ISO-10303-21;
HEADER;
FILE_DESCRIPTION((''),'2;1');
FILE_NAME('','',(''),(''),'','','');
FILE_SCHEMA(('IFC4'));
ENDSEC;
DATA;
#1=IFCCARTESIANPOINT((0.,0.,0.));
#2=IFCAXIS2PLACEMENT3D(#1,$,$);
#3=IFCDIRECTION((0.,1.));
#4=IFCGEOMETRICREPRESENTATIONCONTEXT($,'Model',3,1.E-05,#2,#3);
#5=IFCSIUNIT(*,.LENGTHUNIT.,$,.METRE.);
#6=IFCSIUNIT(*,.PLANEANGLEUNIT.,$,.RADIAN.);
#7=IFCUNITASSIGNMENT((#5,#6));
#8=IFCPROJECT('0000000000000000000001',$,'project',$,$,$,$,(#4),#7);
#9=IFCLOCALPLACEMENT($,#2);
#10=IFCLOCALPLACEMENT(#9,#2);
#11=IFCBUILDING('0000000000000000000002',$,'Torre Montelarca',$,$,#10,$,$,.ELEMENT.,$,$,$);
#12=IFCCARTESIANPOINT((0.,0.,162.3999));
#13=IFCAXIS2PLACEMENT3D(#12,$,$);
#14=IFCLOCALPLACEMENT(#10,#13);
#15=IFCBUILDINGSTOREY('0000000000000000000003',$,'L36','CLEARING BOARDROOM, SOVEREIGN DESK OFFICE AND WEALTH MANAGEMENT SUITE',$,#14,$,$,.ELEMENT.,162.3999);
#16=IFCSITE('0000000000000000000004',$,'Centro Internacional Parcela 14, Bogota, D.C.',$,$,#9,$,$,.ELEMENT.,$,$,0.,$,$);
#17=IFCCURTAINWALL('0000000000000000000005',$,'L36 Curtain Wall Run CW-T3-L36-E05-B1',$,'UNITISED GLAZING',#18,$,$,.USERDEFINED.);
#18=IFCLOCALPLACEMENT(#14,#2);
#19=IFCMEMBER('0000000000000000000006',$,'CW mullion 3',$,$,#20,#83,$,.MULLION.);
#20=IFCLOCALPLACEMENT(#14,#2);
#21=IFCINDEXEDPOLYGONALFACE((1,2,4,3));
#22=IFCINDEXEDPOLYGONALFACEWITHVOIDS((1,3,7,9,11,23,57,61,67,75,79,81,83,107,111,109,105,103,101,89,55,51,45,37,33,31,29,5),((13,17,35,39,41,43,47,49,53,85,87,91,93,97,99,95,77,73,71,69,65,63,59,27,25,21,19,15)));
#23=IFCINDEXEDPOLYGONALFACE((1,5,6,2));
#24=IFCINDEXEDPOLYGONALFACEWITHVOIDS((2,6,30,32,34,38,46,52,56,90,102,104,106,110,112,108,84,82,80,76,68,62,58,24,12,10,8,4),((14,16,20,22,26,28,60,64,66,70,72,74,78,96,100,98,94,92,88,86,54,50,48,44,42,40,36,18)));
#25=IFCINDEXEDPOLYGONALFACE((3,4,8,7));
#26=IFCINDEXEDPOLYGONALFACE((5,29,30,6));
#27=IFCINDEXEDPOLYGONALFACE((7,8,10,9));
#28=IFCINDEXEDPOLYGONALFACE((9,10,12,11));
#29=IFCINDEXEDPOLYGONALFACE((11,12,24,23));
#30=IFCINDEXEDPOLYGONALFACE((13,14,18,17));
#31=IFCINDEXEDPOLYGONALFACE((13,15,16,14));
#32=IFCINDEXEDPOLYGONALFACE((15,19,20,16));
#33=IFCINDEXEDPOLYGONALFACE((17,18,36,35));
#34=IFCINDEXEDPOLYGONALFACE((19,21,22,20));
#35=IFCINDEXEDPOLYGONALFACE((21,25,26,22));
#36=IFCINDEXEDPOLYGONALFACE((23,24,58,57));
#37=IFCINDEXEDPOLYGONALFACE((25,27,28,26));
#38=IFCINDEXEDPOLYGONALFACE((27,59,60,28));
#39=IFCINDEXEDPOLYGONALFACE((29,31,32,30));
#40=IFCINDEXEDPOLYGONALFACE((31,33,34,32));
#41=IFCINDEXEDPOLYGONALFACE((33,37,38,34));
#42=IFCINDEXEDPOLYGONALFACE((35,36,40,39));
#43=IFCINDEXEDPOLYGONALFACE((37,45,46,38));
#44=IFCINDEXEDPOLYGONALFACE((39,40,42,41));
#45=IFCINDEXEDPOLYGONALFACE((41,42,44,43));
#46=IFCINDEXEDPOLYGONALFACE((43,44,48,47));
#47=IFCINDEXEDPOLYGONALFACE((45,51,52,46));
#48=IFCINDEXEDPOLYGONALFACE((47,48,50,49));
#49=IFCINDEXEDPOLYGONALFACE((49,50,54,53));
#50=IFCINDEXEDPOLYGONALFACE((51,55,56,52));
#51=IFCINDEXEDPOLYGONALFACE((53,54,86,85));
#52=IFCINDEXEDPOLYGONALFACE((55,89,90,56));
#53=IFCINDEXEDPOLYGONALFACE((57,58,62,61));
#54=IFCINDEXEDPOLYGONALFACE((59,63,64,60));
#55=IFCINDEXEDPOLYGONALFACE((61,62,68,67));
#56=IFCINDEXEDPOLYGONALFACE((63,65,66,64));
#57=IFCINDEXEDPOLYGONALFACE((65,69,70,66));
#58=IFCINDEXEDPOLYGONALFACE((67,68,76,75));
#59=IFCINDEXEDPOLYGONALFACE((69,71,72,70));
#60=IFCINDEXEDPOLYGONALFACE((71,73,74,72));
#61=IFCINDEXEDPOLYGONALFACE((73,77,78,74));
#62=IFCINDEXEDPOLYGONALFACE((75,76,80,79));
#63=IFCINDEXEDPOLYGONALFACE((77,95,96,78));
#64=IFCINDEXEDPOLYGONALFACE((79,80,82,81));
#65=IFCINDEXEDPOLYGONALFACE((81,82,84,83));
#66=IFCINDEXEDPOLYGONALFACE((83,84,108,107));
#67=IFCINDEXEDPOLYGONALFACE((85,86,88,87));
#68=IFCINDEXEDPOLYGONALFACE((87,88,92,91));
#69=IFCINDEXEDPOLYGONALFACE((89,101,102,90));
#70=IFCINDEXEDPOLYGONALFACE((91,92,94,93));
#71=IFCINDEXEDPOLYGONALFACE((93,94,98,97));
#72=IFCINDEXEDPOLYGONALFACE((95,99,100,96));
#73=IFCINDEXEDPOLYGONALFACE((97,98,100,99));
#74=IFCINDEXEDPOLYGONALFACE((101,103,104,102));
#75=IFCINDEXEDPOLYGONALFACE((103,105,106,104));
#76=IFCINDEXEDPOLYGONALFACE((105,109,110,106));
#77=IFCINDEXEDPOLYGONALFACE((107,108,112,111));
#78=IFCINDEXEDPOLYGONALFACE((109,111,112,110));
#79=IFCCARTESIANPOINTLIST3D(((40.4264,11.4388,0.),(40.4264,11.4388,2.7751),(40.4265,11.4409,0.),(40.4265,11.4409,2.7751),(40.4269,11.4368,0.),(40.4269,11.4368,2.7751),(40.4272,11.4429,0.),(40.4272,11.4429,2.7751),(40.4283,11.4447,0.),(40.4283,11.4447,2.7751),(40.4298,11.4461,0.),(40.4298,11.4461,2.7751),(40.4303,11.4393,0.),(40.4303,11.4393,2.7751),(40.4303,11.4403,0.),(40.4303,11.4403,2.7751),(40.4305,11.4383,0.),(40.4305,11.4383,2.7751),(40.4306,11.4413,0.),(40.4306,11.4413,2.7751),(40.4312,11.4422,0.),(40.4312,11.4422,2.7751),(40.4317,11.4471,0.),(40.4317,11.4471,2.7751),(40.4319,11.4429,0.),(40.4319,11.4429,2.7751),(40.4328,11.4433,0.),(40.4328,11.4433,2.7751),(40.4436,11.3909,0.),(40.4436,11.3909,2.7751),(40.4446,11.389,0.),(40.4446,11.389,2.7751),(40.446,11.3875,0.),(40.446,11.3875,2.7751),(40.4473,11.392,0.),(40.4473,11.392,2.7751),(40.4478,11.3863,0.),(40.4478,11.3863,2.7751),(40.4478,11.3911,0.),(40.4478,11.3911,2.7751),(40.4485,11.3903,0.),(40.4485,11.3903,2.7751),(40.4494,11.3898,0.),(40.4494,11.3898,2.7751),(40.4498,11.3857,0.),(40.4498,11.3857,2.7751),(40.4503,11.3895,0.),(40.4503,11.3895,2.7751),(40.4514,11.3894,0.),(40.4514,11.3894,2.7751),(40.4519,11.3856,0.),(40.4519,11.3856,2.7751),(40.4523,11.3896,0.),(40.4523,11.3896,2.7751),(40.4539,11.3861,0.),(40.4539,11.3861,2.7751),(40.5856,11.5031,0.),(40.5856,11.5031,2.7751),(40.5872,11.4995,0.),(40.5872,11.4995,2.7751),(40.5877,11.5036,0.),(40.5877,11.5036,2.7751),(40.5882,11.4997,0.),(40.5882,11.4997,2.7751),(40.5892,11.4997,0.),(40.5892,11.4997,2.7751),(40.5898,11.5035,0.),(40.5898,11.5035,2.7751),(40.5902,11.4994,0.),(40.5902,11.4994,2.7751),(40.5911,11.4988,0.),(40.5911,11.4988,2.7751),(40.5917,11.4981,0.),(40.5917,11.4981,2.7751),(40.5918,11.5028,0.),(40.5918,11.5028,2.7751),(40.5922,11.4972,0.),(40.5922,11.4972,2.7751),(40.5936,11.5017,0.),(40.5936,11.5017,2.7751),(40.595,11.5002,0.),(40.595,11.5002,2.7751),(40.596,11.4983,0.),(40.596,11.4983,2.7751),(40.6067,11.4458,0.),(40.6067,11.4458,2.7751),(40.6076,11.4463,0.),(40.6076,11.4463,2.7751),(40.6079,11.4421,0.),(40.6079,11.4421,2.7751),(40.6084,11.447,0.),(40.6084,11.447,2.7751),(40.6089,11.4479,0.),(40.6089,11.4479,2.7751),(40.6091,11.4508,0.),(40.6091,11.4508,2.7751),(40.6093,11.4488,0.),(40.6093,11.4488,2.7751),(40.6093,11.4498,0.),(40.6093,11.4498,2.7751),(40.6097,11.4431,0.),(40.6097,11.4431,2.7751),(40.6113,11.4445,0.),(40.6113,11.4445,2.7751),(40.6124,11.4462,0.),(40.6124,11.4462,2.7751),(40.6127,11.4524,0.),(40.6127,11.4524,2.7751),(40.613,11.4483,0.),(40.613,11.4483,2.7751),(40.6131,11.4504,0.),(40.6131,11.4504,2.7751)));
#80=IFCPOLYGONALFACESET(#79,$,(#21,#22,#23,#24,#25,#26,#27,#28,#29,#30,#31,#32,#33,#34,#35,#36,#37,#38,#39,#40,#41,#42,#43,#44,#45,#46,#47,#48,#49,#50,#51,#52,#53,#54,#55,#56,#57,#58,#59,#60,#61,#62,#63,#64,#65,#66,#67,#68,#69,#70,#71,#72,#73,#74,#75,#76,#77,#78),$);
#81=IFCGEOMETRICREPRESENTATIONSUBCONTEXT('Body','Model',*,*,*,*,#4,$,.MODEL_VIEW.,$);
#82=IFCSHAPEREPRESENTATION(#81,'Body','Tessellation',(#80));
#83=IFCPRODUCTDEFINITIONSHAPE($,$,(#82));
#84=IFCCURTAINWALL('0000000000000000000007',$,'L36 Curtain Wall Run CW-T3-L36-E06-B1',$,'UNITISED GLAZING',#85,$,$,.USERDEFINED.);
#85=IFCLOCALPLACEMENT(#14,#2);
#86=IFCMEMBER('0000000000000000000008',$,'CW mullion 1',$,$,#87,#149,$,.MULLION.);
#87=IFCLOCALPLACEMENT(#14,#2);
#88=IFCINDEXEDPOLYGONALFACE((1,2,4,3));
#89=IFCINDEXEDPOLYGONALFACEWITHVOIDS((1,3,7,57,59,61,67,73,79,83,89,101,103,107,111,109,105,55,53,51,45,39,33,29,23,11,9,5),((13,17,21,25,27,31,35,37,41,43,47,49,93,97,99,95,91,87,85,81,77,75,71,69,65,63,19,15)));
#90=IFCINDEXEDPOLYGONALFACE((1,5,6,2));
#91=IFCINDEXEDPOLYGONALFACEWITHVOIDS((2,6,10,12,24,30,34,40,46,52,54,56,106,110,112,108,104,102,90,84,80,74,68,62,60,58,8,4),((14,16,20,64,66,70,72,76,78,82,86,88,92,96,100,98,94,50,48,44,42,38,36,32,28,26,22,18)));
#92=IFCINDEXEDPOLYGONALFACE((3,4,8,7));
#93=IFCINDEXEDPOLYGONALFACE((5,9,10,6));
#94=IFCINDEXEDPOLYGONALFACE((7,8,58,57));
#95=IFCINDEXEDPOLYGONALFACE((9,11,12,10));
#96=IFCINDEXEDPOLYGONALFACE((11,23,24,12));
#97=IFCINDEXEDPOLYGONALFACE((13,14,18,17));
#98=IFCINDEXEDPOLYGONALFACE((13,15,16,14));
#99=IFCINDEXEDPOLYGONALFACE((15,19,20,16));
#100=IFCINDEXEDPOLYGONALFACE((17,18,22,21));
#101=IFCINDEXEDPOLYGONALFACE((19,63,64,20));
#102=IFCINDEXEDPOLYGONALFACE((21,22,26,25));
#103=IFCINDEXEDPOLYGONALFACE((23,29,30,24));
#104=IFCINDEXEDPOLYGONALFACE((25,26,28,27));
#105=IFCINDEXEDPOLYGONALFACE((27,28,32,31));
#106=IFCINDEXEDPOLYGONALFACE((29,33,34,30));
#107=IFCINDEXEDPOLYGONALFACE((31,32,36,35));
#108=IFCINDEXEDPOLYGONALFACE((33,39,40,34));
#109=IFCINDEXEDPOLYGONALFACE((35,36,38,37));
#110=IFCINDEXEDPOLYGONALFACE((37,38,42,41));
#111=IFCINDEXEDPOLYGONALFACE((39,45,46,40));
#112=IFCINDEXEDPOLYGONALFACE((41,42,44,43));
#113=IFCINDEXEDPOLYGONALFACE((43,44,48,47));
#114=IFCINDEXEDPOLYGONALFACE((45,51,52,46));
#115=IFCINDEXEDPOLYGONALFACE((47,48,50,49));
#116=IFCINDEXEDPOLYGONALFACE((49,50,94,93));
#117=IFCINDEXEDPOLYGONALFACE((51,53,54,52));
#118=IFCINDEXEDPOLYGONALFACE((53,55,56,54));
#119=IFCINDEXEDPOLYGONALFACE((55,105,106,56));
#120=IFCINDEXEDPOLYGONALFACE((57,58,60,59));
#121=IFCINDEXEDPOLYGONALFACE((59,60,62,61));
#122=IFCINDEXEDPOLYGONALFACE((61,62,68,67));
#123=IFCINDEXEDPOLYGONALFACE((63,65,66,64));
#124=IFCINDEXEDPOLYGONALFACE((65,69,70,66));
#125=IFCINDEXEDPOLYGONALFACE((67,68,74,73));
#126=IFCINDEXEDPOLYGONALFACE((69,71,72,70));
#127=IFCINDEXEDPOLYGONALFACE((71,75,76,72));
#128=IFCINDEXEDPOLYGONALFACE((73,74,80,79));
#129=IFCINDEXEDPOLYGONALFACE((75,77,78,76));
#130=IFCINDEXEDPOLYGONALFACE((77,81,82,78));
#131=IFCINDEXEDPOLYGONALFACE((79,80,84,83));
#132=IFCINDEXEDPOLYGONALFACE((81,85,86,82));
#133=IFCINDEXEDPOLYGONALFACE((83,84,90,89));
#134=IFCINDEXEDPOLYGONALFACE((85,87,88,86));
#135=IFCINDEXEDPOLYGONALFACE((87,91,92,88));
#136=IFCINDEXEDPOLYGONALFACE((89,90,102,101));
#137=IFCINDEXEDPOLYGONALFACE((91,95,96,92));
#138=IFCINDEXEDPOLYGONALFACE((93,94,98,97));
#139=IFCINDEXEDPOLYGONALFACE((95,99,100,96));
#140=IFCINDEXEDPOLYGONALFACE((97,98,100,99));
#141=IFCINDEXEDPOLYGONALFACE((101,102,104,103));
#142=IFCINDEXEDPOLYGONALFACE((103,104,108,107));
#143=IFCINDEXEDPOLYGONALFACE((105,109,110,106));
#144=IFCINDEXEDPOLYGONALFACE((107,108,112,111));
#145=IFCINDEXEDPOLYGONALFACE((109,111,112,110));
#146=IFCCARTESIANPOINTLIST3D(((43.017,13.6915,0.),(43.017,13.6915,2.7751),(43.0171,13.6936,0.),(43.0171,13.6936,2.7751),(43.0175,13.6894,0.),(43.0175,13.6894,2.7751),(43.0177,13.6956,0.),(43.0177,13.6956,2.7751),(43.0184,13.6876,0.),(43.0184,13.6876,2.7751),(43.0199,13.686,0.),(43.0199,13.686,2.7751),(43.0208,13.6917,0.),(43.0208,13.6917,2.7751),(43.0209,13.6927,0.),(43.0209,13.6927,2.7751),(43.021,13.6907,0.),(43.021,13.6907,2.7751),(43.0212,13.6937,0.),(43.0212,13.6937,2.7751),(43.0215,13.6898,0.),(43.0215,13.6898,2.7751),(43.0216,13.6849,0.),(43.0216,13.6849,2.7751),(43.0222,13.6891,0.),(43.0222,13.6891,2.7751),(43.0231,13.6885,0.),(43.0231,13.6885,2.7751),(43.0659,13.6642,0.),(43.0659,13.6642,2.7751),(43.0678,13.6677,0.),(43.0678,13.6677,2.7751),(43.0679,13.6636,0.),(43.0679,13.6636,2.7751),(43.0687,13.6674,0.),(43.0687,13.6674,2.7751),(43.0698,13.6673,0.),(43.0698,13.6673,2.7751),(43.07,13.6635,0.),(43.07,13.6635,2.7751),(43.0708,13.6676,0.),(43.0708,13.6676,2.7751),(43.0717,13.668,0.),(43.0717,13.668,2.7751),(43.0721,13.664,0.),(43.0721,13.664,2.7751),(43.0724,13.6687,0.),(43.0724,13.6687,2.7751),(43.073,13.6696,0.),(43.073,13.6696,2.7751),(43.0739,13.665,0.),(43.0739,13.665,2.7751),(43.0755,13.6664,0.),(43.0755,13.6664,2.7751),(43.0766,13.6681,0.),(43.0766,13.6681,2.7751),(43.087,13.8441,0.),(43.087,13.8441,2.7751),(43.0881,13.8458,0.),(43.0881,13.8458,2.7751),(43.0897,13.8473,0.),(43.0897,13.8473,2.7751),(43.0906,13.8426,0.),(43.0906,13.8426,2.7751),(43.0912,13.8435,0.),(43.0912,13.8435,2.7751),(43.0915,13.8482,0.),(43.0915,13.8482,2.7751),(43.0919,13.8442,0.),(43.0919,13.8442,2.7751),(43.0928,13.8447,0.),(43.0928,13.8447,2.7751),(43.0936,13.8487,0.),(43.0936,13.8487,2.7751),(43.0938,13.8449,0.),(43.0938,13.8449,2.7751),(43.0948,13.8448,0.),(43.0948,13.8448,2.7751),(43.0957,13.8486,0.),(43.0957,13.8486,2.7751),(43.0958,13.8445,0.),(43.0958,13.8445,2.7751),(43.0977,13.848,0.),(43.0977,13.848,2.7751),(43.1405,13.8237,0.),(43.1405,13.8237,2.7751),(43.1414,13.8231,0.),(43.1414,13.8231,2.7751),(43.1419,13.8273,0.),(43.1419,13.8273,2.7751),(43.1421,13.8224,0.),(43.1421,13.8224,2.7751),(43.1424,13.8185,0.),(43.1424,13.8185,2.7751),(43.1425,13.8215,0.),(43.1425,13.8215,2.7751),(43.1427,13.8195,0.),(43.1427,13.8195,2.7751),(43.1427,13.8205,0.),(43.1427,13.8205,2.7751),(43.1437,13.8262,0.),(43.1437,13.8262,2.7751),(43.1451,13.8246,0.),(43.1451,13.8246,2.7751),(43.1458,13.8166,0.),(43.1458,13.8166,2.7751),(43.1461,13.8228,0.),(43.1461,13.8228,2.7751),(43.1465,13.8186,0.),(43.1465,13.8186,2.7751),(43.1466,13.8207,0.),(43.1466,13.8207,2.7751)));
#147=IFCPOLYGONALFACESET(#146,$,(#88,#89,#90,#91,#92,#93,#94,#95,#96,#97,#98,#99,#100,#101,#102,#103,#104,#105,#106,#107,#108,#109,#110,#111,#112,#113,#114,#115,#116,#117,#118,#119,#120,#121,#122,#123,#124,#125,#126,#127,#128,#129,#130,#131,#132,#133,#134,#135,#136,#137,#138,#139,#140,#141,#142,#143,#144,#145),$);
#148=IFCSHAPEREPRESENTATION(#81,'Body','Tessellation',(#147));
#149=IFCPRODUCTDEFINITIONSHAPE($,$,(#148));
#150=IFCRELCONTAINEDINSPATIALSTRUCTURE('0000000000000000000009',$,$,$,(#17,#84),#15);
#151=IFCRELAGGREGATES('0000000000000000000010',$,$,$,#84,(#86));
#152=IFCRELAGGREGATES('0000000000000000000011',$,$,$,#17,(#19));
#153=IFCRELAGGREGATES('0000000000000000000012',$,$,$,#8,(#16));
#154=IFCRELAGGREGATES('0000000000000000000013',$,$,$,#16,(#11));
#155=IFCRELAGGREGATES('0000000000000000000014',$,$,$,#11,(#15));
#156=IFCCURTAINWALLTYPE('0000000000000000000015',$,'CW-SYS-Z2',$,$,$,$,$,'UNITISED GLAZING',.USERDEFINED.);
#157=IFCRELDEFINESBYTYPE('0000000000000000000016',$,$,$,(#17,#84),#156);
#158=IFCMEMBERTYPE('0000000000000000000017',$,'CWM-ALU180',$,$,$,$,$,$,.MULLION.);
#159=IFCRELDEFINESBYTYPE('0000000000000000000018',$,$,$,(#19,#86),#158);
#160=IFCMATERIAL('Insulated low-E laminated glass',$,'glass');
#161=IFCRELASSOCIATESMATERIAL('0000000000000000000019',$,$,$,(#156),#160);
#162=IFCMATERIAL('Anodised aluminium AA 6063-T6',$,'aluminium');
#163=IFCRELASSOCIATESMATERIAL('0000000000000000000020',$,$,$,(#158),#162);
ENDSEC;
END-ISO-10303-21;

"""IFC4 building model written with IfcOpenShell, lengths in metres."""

from ifc_helpers import new_model, si_unit, direction, frame, origin, origin_2d, place, context, subcontext, project, spatial, hollow_rectangle, extrude, source, transform, mapped, material, material_profile, profile_set, type_object, element, aggregate, save


model = new_model("IFC4")

# Units and contexts
model_context = context("Model", 3, precision=1e-05, world=origin(), true_north=direction((0.0, 1.0)))
body_context = subcontext(model_context, "Body", "Model", "MODEL_VIEW")
ifc_project = project(units=[si_unit("LENGTHUNIT", "METRE"), si_unit("PLANEANGLEUNIT", "RADIAN")], contexts=[model_context])

# Site, building, storey
site_placement = place(None, origin())
site = spatial("IfcSite", under=ifc_project, at=site_placement, Name="Centro Internacional Parcela 14, Bogota, D.C.", CompositionType="ELEMENT", RefElevation=0.0)
building_placement = place(site_placement, origin())
building = spatial("IfcBuilding", under=site, at=building_placement, Name="Torre Montelarca", CompositionType="ELEMENT")
storey_placement = place(building_placement, frame((0.0, 0.0, 162.3999)))
storey = spatial("IfcBuildingStorey", under=building, at=storey_placement, Name="L36", Description="CLEARING BOARDROOM, SOVEREIGN DESK OFFICE AND WEALTH MANAGEMENT SUITE", CompositionType="ELEMENT", Elevation=162.3999)

# Curtain walls, members
ifc_material_1 = material(Name="Insulated low-E laminated glass", Category="glass")
curtain_wall_type = type_object("IfcCurtainWallType", Name="CW-SYS-Z2", ElementType="UNITISED GLAZING", PredefinedType="USERDEFINED", material=ifc_material_1)
curtain_wall_1_placement = place(storey_placement, origin())
curtain_wall_1 = element("IfcCurtainWall", 1, at=curtain_wall_1_placement, inside=storey, type_object=curtain_wall_type, Name="L36 Curtain Wall Run CW-T3-L36-E05-B1", ObjectType="UNITISED GLAZING", PredefinedType="USERDEFINED")
ifc_material_2 = material(Name="Anodised aluminium AA 6063-T6", Category="aluminium")
ifc_material_profile_1 = material_profile(ifc_material_2, hollow_rectangle(XDim=0.0649, YDim=0.1799, WallThickness=0.0039, InnerFilletRadius=0.0039, OuterFilletRadius=0.0081, at=origin_2d()), Name="ALU65X180X4", Category="aluminium")
ifc_profile_set_1 = profile_set([ifc_material_profile_1], Name="Anodised aluminium AA 6063-T6")
member_type_1 = type_object("IfcMemberType", Name="CWM-ALU180", PredefinedType="MULLION", material=ifc_profile_set_1)
shared_shape_1 = source(origin(), body_context, "Body", "SweptSolid", [
    extrude(hollow_rectangle(XDim=0.0649, YDim=0.1799, WallThickness=0.0039, InnerFilletRadius=0.0039, OuterFilletRadius=0.0081, at=origin_2d()), origin(), (0.0, 0.0, 1.0), 2.7751),
])
member_1_placement = place(storey_placement, frame((40.5198, 11.4446, 0.0), z_axis=(0.0, 0.0, 1.0), x_axis=(-0.342015, 0.939694, 0.0)))
member_1 = element("IfcMember", 2, at=member_1_placement, type_object=member_type_1, Name="CW mullion 3", PredefinedType="MULLION", context=body_context, shape_type="MappedRepresentation", body=[
    mapped(shared_shape_1, transform((0.0, 0.0, 0.0), scale=1.0)),
])
curtain_wall_2_placement = place(storey_placement, origin())
curtain_wall_2 = element("IfcCurtainWall", 3, at=curtain_wall_2_placement, inside=storey, type_object=curtain_wall_type, Name="L36 Curtain Wall Run CW-T3-L36-E06-B1", ObjectType="UNITISED GLAZING", PredefinedType="USERDEFINED")
member_2_placement = place(storey_placement, frame((43.0818, 13.7561, 0.0), z_axis=(0.0, 0.0, 1.0), x_axis=(-0.906303, 0.422628, 0.0)))
member_2 = element("IfcMember", 4, at=member_2_placement, type_object=member_type_1, Name="CW mullion 1", PredefinedType="MULLION", context=body_context, shape_type="MappedRepresentation", body=[
    mapped(shared_shape_1, transform((0.0, 0.0, 0.0), scale=1.0)),
])

aggregate(curtain_wall_2, [member_2])
aggregate(curtain_wall_1, [member_1])

save(model, "model.ifc")
